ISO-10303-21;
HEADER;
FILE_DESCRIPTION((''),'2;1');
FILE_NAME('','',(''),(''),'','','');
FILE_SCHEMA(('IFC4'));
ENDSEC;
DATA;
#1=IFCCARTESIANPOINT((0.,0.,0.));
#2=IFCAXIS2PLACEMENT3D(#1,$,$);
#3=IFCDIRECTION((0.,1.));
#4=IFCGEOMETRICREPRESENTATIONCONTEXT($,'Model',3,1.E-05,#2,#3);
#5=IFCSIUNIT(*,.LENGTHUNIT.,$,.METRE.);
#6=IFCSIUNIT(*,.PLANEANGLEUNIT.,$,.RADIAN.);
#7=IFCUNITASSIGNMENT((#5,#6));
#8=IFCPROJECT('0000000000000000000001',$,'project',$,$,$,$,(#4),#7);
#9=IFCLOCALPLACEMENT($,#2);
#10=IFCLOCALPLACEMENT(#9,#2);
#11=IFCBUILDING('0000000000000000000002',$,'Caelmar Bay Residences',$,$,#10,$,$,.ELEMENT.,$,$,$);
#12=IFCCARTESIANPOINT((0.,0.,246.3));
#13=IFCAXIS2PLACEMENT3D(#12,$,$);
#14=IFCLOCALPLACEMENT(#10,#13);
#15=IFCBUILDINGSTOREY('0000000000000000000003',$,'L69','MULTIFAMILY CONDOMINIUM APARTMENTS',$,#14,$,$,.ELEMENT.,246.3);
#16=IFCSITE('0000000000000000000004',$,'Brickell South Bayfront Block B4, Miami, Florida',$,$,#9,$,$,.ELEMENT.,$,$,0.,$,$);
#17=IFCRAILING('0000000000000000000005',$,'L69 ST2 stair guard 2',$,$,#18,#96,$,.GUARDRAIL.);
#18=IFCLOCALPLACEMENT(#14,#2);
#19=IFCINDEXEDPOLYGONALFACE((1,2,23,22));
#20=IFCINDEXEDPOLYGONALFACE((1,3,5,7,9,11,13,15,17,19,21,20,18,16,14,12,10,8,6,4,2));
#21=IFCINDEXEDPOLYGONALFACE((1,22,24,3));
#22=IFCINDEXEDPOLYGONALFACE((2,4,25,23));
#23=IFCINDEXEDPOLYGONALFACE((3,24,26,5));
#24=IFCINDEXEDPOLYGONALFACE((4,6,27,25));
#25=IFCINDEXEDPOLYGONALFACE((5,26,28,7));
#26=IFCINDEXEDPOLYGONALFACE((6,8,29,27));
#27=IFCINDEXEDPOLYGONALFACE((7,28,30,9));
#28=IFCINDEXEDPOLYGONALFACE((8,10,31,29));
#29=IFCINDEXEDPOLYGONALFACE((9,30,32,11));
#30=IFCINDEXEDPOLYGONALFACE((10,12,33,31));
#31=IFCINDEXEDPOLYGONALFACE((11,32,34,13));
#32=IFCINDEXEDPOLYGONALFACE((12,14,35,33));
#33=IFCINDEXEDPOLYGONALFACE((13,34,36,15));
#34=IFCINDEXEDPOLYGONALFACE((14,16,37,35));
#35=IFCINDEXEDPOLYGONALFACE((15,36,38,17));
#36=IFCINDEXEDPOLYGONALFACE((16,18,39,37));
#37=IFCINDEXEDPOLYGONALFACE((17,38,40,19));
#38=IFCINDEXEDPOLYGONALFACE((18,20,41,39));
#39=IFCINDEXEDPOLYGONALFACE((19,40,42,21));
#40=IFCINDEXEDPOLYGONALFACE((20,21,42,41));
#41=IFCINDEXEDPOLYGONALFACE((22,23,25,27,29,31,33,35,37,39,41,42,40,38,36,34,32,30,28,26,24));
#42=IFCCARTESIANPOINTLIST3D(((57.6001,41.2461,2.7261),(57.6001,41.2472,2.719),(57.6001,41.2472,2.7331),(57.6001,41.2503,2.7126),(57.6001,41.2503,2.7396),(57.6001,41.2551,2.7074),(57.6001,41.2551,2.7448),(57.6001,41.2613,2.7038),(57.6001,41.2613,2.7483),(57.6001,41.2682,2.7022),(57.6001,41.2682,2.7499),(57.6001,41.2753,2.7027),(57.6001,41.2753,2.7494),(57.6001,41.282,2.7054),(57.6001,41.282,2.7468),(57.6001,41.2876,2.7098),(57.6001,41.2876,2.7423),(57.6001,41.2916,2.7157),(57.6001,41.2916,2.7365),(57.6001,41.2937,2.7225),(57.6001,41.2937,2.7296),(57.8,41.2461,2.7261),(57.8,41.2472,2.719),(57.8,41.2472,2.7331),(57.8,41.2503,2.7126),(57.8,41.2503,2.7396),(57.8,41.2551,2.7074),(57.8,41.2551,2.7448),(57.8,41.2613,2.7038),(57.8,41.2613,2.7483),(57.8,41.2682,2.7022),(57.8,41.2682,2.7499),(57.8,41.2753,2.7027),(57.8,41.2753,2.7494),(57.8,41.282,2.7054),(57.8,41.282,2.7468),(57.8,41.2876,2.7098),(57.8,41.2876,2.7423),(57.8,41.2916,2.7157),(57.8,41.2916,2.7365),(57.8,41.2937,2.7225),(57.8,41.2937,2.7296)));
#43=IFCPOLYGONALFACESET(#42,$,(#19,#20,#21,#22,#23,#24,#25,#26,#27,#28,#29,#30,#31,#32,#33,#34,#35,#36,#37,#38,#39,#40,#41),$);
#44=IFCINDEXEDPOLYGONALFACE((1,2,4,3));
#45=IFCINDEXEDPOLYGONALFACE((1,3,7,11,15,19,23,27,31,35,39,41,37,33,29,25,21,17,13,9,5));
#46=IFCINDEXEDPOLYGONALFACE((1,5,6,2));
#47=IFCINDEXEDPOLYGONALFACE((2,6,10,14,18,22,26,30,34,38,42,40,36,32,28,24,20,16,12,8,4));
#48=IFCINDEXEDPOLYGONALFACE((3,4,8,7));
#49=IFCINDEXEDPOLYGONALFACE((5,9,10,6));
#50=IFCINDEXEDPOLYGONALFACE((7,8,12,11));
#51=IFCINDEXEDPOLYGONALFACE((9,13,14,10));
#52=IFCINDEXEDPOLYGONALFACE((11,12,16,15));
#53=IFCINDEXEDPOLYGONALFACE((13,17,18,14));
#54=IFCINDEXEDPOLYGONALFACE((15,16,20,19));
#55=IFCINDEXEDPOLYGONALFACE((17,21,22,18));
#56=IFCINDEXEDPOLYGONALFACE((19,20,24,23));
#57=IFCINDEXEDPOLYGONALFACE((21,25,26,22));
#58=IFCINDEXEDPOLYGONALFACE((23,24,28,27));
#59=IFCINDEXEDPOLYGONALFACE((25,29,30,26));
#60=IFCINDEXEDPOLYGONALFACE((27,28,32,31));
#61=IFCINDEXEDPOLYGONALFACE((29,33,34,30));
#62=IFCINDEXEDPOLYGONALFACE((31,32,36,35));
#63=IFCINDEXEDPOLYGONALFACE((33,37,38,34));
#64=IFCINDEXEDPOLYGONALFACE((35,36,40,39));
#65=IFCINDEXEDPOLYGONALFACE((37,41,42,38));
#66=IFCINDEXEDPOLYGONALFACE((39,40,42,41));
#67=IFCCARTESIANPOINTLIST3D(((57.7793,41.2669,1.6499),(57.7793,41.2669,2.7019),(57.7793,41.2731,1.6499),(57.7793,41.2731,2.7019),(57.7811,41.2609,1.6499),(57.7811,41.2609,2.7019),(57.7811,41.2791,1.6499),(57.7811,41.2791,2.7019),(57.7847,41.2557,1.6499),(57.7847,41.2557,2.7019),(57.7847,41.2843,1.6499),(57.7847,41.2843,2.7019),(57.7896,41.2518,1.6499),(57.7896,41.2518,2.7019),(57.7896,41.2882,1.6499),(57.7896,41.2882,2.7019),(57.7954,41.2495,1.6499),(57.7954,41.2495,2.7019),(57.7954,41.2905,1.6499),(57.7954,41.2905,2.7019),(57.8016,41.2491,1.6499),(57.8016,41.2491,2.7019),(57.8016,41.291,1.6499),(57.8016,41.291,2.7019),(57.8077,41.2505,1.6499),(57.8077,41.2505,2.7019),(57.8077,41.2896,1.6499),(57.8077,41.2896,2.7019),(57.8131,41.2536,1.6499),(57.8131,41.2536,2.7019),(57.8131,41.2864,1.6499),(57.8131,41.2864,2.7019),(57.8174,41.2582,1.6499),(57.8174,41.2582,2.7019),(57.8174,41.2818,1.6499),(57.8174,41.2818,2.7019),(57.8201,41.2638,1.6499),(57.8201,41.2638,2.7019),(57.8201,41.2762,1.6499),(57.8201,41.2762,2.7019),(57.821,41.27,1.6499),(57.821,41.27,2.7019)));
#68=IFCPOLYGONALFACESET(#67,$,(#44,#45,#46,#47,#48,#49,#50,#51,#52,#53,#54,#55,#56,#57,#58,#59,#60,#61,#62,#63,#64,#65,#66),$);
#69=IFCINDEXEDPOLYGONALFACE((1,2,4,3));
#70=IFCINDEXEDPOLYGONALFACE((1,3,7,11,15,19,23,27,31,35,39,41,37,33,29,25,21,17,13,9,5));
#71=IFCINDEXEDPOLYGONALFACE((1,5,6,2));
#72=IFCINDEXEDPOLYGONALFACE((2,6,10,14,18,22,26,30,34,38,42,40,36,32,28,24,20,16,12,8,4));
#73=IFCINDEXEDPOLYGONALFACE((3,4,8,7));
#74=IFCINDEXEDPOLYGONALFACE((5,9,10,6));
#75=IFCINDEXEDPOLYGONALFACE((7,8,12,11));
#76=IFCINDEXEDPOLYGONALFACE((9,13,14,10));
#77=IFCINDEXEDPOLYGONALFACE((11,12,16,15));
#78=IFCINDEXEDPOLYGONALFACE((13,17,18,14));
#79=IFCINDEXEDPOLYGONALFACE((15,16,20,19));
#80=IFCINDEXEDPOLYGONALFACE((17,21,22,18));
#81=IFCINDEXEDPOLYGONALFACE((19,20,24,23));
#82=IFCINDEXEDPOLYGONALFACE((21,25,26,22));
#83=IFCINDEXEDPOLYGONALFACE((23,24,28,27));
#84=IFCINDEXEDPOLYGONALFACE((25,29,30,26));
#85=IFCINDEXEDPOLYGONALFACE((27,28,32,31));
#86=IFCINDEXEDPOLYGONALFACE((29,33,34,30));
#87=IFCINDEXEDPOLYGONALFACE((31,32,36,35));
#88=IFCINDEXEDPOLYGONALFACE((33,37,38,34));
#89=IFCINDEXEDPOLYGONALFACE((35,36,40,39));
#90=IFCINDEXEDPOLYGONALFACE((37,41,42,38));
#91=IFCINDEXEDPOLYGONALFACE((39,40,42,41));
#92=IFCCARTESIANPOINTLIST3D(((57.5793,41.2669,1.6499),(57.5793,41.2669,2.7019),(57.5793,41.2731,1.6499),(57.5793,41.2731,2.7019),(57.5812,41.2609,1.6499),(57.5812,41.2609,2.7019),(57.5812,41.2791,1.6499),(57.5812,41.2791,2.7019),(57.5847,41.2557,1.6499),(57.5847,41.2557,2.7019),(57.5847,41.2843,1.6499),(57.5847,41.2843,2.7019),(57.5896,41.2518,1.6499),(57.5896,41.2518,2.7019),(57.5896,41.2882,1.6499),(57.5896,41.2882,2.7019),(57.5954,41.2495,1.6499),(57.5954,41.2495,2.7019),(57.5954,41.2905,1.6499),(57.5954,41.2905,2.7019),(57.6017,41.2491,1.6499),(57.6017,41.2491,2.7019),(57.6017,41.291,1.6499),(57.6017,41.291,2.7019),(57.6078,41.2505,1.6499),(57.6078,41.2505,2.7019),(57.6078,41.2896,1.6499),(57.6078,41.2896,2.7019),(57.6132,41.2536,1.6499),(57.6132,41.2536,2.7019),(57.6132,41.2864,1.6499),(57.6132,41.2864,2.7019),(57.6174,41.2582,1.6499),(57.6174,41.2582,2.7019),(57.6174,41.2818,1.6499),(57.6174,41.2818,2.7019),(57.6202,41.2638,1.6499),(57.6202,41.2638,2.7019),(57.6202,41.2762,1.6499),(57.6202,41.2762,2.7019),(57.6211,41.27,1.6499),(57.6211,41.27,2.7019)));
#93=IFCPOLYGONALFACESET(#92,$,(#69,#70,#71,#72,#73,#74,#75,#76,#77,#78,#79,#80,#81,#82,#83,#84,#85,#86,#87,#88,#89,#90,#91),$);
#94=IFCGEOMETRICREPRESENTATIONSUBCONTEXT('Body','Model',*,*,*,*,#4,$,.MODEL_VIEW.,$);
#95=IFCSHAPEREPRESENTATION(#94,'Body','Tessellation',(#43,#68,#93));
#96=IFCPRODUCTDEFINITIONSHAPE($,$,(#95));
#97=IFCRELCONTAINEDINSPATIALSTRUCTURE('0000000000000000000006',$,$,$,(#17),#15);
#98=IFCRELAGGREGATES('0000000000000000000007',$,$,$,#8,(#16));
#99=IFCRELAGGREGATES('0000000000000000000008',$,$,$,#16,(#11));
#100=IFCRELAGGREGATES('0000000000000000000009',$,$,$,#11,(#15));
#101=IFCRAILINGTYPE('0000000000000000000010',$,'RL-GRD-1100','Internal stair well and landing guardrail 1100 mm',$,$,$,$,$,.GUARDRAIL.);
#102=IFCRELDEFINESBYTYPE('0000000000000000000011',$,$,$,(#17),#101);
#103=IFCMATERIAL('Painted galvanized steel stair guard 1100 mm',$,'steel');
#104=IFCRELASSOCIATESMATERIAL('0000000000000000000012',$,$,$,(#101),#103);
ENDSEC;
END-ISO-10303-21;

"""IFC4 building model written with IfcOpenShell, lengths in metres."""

from ifc_helpers import new_model, si_unit, direction, frame, origin, origin_2d, place, context, subcontext, project, spatial, circle, extrude, material, type_object, element, save


model = new_model("IFC4")

# Units and contexts
model_context = context("Model", 3, precision=1e-05, world=origin(), true_north=direction((0.0, 1.0)))
body_context = subcontext(model_context, "Body", "Model", "MODEL_VIEW")
ifc_project = project(units=[si_unit("LENGTHUNIT", "METRE"), si_unit("PLANEANGLEUNIT", "RADIAN")], contexts=[model_context])

# Site, building, storey
site_placement = place(None, origin())
site = spatial("IfcSite", under=ifc_project, at=site_placement, Name="Brickell South Bayfront Block B4, Miami, Florida", CompositionType="ELEMENT", RefElevation=0.0)
building_placement = place(site_placement, origin())
building = spatial("IfcBuilding", under=site, at=building_placement, Name="Caelmar Bay Residences", CompositionType="ELEMENT")
storey_placement = place(building_placement, frame((0.0, 0.0, 246.3)))
storey = spatial("IfcBuildingStorey", under=building, at=storey_placement, Name="L69", Description="MULTIFAMILY CONDOMINIUM APARTMENTS", CompositionType="ELEMENT", Elevation=246.3)

# Railing
ifc_material_1 = material(Name="Painted galvanized steel stair guard 1100 mm", Category="steel")
railing_type_1 = type_object("IfcRailingType", Name="RL-GRD-1100", Description="Internal stair well and landing guardrail 1100 mm", PredefinedType="GUARDRAIL", material=ifc_material_1)
railing_1_placement = place(storey_placement, frame((57.8, 41.27, 1.6499)))
element("IfcRailing", 1, at=railing_1_placement, inside=storey, type_object=railing_type_1, Name="L69 ST2 stair guard 2", PredefinedType="GUARDRAIL", context=body_context, shape_type="SweptSolid", body=[
    extrude(circle(Radius=0.0239, at=origin_2d()), frame((0.0, 0.0, 1.0762), z_axis=(-1.0, 0.0, 0.0), x_axis=(0.0, -1.0, 0.0)), (0.0, 0.0, 1.0), 0.2),
    extrude(circle(Radius=0.021, at=origin_2d()), origin(), (0.0, 0.0, 1.0), 1.052),
    extrude(circle(Radius=0.021, at=origin_2d()), frame((-0.2, 0.0, 0.0)), (0.0, 0.0, 1.0), 1.052),
])

save(model, "model.ifc")
